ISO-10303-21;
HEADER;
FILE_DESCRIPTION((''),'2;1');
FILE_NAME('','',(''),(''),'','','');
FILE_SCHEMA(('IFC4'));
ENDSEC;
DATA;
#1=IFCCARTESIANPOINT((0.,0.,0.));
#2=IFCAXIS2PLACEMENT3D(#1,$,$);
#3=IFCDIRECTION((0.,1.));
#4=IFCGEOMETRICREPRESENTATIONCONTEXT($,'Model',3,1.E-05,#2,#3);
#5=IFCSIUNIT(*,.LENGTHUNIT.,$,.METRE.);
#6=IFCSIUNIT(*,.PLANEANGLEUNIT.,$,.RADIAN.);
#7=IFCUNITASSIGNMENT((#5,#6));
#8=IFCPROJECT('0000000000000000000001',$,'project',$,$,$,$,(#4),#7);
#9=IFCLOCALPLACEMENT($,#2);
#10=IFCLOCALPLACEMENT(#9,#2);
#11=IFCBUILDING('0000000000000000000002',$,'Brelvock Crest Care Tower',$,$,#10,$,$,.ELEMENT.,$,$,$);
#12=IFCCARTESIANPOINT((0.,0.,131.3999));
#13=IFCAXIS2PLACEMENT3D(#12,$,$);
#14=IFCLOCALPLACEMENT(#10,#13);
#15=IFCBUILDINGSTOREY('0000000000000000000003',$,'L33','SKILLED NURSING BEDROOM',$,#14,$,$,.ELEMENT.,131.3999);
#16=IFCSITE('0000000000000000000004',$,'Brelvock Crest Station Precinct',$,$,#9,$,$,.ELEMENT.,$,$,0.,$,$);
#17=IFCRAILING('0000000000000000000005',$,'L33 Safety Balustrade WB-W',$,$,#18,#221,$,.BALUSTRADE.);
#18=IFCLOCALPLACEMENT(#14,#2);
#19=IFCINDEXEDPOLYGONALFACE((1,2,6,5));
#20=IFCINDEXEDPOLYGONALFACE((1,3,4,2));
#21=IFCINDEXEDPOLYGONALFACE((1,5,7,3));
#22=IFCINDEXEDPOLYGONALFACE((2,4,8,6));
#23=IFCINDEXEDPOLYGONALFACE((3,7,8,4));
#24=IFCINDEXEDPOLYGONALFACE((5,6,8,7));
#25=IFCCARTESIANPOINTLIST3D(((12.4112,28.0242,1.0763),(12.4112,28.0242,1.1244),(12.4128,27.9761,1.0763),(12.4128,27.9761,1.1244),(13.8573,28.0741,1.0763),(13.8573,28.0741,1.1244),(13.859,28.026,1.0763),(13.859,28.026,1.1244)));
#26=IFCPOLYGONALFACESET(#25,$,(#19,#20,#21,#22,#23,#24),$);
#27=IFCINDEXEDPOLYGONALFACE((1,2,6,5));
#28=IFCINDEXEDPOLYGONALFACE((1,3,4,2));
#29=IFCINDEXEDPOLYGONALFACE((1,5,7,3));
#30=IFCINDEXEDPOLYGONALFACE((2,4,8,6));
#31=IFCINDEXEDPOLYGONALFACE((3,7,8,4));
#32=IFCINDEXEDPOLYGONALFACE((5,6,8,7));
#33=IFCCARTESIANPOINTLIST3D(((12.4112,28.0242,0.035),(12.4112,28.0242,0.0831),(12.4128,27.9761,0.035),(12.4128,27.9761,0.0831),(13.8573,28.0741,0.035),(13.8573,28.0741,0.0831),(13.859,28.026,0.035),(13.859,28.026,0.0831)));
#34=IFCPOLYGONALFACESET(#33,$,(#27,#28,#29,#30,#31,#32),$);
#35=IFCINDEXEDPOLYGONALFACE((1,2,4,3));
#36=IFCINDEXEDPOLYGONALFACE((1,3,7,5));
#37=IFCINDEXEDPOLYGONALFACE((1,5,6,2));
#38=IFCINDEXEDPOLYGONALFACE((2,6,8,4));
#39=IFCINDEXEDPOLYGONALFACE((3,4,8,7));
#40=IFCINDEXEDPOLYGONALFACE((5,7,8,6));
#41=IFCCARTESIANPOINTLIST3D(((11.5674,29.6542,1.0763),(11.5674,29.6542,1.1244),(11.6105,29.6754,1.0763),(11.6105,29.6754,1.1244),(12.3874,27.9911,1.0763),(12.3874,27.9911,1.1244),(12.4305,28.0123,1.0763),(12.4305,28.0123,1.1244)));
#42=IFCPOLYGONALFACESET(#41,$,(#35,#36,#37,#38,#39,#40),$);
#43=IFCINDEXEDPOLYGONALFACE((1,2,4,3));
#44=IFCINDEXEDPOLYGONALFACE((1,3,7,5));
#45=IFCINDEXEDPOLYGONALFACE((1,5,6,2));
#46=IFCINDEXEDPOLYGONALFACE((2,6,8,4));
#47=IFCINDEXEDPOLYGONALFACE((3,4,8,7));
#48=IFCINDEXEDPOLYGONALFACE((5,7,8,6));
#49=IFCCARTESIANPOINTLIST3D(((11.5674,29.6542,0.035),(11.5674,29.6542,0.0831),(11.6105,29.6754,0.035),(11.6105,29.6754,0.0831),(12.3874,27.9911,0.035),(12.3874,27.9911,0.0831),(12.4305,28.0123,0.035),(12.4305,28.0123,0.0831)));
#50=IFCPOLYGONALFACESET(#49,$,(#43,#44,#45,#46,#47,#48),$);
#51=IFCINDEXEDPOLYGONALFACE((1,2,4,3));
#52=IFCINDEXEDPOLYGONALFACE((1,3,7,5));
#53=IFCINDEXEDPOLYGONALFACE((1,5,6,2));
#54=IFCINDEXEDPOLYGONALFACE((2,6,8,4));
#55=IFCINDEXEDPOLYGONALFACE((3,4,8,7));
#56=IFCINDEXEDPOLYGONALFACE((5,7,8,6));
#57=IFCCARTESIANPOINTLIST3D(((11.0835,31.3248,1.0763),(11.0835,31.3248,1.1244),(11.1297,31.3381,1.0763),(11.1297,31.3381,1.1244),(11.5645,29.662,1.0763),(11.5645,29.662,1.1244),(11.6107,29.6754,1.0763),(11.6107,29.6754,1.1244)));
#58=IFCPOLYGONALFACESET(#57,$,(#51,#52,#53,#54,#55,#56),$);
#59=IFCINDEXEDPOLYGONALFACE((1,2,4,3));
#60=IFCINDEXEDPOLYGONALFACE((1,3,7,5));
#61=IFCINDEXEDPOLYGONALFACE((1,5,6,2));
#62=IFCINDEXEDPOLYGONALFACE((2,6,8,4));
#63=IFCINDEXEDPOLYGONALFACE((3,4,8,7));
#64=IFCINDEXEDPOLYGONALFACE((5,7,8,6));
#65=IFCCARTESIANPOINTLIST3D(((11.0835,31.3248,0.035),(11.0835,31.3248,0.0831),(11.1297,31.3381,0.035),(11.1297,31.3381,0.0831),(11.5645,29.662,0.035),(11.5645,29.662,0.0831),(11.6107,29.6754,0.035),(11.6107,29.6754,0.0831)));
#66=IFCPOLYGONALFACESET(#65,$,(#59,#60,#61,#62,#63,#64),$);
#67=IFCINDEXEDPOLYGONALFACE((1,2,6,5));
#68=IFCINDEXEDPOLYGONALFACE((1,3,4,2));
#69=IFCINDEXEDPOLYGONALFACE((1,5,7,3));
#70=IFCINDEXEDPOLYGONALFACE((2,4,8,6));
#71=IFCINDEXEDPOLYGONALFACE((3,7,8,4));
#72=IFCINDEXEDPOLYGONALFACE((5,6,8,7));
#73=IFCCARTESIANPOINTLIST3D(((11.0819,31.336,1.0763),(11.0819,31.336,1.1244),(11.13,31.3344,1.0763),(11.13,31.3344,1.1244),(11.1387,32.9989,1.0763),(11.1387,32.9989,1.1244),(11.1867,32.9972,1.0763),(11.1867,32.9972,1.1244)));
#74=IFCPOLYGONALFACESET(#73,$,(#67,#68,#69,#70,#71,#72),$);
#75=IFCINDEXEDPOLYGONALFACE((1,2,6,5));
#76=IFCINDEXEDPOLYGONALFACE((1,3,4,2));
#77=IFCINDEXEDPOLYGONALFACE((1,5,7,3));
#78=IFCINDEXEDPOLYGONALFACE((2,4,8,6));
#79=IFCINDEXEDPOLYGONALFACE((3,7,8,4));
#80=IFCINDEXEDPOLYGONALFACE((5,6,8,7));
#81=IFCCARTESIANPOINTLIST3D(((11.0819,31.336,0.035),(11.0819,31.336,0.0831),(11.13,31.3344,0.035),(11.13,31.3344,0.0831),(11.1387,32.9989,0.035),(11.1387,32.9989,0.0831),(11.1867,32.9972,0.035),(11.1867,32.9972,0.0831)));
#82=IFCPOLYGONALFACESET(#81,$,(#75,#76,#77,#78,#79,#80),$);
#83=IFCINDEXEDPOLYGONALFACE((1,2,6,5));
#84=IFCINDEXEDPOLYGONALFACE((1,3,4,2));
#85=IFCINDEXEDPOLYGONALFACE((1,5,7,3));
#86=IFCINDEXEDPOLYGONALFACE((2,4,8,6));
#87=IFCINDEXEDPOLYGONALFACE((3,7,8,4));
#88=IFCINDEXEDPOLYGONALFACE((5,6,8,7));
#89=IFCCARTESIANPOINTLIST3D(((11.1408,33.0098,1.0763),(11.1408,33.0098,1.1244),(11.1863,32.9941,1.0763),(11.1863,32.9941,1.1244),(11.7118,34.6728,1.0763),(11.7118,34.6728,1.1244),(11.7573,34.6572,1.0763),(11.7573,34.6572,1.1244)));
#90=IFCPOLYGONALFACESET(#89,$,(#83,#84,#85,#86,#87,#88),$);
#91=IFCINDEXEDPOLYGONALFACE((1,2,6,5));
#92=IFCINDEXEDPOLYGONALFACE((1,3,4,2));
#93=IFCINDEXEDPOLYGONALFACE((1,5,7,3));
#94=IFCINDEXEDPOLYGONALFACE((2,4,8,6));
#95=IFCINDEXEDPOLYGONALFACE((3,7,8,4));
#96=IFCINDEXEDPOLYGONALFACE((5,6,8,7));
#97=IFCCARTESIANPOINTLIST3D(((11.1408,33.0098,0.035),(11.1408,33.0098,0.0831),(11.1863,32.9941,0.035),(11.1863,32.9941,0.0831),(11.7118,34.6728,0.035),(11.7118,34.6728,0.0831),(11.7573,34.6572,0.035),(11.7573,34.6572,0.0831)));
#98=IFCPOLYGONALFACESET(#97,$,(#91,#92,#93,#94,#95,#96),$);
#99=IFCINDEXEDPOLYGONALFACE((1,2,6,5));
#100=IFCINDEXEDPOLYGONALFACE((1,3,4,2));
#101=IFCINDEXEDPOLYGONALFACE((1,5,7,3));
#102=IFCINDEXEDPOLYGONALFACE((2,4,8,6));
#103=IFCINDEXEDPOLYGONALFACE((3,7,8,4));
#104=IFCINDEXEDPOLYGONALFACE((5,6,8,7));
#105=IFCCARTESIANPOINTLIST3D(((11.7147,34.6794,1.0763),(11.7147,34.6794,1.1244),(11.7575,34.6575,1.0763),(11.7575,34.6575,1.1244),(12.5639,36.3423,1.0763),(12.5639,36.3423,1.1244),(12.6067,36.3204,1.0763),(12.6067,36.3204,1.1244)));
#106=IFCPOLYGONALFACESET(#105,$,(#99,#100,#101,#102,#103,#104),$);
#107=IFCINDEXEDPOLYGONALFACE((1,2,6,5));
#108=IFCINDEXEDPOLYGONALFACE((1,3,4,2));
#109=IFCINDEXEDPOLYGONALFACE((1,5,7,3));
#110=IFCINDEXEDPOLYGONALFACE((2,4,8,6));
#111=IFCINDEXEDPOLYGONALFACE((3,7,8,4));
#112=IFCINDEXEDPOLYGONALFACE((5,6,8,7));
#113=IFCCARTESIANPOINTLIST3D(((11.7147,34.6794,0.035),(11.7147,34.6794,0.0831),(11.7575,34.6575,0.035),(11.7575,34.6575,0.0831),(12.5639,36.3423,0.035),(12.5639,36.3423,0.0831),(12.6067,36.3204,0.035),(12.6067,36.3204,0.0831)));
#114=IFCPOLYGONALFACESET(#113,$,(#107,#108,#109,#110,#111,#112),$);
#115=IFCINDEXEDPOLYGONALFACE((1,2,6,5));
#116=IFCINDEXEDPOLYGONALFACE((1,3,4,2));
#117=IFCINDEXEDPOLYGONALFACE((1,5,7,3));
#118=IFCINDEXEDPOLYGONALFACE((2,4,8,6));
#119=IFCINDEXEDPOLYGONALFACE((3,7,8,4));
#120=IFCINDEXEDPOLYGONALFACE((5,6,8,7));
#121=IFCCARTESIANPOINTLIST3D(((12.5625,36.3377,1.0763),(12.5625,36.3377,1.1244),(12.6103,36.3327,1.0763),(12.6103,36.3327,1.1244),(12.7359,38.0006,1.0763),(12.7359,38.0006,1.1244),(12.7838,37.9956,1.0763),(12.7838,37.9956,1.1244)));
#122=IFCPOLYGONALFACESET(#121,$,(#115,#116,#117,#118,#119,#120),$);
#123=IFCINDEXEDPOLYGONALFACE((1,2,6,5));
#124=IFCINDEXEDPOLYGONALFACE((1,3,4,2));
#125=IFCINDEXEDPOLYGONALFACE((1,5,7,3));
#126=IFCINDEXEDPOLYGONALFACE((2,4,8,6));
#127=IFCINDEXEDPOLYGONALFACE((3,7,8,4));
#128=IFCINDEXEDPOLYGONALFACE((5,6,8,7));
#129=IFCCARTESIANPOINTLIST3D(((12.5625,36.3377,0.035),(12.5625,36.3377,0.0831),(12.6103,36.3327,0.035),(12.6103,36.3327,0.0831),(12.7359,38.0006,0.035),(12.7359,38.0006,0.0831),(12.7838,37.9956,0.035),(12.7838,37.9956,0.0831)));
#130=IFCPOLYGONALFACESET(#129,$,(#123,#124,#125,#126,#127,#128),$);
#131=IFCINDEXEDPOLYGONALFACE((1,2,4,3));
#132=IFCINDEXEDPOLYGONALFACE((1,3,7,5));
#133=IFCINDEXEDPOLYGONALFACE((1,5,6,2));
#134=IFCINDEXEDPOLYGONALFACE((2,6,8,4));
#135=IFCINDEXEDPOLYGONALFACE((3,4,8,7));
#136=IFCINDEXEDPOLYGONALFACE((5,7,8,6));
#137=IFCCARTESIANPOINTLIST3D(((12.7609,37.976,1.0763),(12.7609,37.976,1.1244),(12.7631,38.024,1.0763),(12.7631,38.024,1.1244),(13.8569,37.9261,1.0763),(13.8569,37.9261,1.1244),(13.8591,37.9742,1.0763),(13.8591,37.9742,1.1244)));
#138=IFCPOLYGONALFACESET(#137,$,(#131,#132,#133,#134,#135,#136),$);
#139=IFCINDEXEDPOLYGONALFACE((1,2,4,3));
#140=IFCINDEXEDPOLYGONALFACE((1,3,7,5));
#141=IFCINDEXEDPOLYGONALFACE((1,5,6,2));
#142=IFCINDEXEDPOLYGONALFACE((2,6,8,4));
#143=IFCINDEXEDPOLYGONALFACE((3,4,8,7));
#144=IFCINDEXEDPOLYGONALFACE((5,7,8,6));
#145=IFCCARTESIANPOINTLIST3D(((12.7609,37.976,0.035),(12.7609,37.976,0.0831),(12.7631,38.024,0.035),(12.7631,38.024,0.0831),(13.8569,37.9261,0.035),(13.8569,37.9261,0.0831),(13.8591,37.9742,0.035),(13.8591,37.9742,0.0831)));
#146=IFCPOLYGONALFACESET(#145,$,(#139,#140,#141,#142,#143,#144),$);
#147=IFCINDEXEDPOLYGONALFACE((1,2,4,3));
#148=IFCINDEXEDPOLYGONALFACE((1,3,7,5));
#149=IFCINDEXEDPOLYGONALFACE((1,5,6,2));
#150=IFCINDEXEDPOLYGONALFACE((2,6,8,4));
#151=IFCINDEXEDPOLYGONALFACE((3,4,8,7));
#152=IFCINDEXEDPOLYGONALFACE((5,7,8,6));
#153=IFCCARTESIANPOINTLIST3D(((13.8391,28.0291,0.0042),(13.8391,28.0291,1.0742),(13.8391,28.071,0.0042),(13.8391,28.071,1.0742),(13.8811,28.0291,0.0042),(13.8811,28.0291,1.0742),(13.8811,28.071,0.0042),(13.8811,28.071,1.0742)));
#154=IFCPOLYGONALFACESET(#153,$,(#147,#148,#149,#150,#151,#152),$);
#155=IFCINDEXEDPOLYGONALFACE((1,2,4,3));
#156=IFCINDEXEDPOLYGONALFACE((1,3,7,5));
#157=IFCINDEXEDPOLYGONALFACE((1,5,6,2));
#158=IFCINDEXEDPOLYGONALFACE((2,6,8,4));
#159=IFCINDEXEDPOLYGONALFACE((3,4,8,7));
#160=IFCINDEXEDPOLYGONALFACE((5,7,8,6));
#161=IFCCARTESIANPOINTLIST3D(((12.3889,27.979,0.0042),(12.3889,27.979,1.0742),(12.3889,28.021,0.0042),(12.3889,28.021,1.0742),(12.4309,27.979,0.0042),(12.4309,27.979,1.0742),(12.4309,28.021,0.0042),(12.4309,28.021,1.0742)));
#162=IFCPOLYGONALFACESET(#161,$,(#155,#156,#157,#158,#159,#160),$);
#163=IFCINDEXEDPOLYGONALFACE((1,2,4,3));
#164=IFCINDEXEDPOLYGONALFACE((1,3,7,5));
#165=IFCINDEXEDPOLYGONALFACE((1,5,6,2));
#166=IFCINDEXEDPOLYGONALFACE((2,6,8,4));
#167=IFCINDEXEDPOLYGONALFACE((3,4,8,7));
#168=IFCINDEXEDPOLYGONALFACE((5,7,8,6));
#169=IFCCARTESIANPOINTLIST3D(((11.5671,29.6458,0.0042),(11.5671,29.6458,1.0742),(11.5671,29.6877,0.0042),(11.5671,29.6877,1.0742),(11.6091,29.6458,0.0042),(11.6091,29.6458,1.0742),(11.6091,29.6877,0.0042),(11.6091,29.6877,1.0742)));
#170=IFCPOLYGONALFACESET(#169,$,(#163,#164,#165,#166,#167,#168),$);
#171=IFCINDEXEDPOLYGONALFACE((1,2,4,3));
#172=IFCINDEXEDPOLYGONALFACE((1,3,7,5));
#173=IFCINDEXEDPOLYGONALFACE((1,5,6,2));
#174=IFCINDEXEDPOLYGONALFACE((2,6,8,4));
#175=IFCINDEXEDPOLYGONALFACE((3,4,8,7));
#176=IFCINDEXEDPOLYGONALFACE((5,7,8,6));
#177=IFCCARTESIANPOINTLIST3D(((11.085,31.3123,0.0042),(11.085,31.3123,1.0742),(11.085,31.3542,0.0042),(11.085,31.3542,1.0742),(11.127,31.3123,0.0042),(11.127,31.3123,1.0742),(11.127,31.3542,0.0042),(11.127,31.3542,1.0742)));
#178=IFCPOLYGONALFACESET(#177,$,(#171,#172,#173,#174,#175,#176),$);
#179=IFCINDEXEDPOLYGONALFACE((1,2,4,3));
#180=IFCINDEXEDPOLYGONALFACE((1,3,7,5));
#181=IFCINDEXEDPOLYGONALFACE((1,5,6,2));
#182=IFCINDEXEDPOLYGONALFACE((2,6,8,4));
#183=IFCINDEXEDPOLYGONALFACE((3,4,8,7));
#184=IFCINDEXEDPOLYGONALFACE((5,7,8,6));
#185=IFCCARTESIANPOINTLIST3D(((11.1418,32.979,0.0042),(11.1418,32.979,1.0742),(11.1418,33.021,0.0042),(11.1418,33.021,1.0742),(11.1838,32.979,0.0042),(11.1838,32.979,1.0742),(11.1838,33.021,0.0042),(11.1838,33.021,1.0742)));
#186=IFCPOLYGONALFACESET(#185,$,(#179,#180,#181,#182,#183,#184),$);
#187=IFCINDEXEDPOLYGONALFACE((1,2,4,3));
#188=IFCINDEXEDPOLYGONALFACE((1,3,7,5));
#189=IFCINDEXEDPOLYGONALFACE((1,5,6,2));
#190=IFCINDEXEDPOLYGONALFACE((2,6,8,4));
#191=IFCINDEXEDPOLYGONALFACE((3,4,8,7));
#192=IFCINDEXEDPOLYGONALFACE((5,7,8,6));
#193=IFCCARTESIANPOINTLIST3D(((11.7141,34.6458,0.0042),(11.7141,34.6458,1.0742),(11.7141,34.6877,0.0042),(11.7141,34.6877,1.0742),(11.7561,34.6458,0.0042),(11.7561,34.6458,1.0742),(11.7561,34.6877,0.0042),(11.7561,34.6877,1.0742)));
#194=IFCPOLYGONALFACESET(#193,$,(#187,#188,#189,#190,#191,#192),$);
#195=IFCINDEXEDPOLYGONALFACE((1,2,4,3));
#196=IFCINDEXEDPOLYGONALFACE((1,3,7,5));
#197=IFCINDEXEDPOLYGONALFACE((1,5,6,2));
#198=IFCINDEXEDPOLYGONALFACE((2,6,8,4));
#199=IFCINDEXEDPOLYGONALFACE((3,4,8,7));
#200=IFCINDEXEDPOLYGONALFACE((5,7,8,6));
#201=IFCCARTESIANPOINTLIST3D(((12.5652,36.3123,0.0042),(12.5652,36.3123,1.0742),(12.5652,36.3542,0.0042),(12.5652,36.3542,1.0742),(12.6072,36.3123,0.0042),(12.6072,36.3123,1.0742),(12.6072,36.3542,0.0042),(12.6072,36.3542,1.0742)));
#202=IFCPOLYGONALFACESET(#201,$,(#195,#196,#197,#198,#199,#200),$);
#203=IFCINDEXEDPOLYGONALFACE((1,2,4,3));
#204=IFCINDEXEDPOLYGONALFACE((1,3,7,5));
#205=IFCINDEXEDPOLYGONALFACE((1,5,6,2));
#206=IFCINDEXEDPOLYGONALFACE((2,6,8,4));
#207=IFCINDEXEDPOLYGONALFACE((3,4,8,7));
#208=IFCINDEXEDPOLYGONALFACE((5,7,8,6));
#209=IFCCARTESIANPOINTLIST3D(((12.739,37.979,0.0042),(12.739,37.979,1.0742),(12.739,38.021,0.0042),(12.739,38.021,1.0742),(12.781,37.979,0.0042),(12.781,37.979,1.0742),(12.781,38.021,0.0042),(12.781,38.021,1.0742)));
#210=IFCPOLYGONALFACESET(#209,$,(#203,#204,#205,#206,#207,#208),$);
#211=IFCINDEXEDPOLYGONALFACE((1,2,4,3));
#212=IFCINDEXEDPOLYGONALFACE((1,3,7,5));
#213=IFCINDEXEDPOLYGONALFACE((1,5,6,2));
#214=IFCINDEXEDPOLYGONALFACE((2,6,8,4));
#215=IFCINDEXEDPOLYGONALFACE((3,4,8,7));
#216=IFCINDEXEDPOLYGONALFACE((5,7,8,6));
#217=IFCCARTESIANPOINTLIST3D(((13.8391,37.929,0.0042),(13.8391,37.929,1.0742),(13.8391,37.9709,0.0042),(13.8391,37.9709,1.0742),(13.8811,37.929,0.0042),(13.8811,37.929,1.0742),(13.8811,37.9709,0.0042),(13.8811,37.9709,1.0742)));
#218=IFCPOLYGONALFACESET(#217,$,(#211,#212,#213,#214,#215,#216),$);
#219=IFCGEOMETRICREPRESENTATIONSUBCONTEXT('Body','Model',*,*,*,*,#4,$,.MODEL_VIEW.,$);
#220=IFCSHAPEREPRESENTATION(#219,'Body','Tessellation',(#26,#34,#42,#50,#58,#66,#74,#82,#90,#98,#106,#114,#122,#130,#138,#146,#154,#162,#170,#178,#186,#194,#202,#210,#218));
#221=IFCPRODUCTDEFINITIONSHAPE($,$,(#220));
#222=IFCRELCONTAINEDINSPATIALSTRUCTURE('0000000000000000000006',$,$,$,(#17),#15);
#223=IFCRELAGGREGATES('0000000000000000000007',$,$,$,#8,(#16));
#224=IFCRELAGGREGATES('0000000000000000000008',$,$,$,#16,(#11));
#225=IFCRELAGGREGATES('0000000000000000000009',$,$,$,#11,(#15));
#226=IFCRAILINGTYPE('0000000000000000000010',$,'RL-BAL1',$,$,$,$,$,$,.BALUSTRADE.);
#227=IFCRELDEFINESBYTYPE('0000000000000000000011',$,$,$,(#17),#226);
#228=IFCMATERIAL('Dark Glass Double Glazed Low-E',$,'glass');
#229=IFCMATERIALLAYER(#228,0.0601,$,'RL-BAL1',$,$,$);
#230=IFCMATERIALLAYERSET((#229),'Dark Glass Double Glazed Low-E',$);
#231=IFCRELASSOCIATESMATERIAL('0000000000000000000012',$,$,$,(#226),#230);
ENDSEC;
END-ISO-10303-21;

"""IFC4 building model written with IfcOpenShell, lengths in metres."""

from ifc_helpers import new_model, si_unit, direction, frame, origin, origin_2d, place, context, subcontext, project, spatial, rectangle, extrude, material, layer, layer_set, type_object, element, save


model = new_model("IFC4")

# Units and contexts
model_context = context("Model", 3, precision=1e-05, world=origin(), true_north=direction((0.0, 1.0)))
body_context = subcontext(model_context, "Body", "Model", "MODEL_VIEW")
ifc_project = project(units=[si_unit("LENGTHUNIT", "METRE"), si_unit("PLANEANGLEUNIT", "RADIAN")], contexts=[model_context])

# Site, building, storey
site_placement = place(None, origin())
site = spatial("IfcSite", under=ifc_project, at=site_placement, Name="Brelvock Crest Station Precinct", CompositionType="ELEMENT", RefElevation=0.0)
building_placement = place(site_placement, origin())
building = spatial("IfcBuilding", under=site, at=building_placement, Name="Brelvock Crest Care Tower", CompositionType="ELEMENT")
storey_placement = place(building_placement, frame((0.0, 0.0, 131.3999)))
storey = spatial("IfcBuildingStorey", under=building, at=storey_placement, Name="L33", Description="SKILLED NURSING BEDROOM", CompositionType="ELEMENT", Elevation=131.3999)

# Shared definitions
ifc_material_1 = material(Name="Dark Glass Double Glazed Low-E", Category="glass")

# Railing
ifc_layer_1 = layer(ifc_material_1, 0.0601, Name="RL-BAL1")
ifc_layer_set_1 = layer_set([ifc_layer_1], Name="Dark Glass Double Glazed Low-E")
railing_type = type_object("IfcRailingType", Name="RL-BAL1", PredefinedType="BALUSTRADE", material=ifc_layer_set_1)
railing_placement = place(storey_placement, frame((13.8601, 28.05, 0.0042)))
element("IfcRailing", 1, at=railing_placement, inside=storey, type_object=railing_type, Name="L33 Safety Balustrade WB-W", PredefinedType="BALUSTRADE", context=body_context, shape_type="SweptSolid", body=[
    extrude(rectangle(XDim=0.0481, YDim=0.0481, at=origin_2d()), frame((-0.002, 0.0, 1.0962), z_axis=(-0.999405, -0.034491, 0.0), x_axis=(0.034491, -0.999405, 0.0)), (0.0, 0.0, 1.0), 1.447),
    extrude(rectangle(XDim=0.0481, YDim=0.0481, at=origin_2d()), frame((-0.002, 0.0, 0.0549), z_axis=(-0.999405, -0.034491, 0.0), x_axis=(0.034491, -0.999405, 0.0)), (0.0, 0.0, 1.0), 1.447),
    extrude(rectangle(XDim=0.0481, YDim=0.0481, at=origin_2d()), frame((-1.4512, -0.0483, 1.0962), z_axis=(-0.442214, 0.896909, 0.0), x_axis=(-0.896909, -0.442214, 0.0)), (0.0, 0.0, 1.0), 1.8542),
    extrude(rectangle(XDim=0.0481, YDim=0.0481, at=origin_2d()), frame((-1.4512, -0.0483, 0.0549), z_axis=(-0.442214, 0.896909, 0.0), x_axis=(-0.896909, -0.442214, 0.0)), (0.0, 0.0, 1.0), 1.8542),
    extrude(rectangle(XDim=0.0481, YDim=0.0481, at=origin_2d()), frame((-2.2725, 1.6187, 1.0962), z_axis=(-0.277935, 0.9606, 0.0), x_axis=(-0.9606, -0.277935, 0.0)), (0.0, 0.0, 1.0), 1.731),
    extrude(rectangle(XDim=0.0481, YDim=0.0481, at=origin_2d()), frame((-2.2725, 1.6187, 0.0549), z_axis=(-0.277935, 0.9606, 0.0), x_axis=(-0.9606, -0.277935, 0.0)), (0.0, 0.0, 1.0), 1.731),
    extrude(rectangle(XDim=0.0481, YDim=0.0481, at=origin_2d()), frame((-2.7542, 3.2852, 1.0962), z_axis=(0.034109, 0.999418, 0.0), x_axis=(-0.999418, 0.034109, 0.0)), (0.0, 0.0, 1.0), 1.6638),
    extrude(rectangle(XDim=0.0481, YDim=0.0481, at=origin_2d()), frame((-2.7542, 3.2852, 0.0549), z_axis=(0.034109, 0.999418, 0.0), x_axis=(-0.999418, 0.034109, 0.0)), (0.0, 0.0, 1.0), 1.6638),
    extrude(rectangle(XDim=0.0481, YDim=0.0481, at=origin_2d()), frame((-2.6965, 4.9519, 1.0962), z_axis=(0.324735, 0.945805, 0.0), x_axis=(-0.945805, 0.324735, 0.0)), (0.0, 0.0, 1.0), 1.7583),
    extrude(rectangle(XDim=0.0481, YDim=0.0481, at=origin_2d()), frame((-2.6965, 4.9519, 0.0549), z_axis=(0.324735, 0.945805, 0.0), x_axis=(-0.945805, 0.324735, 0.0)), (0.0, 0.0, 1.0), 1.7583),
    extrude(rectangle(XDim=0.0481, YDim=0.0481, at=origin_2d()), frame((-2.124, 6.6184, 1.0962), z_axis=(0.454817, 0.890585, 0.0), x_axis=(-0.890585, 0.454817, 0.0)), (0.0, 0.0, 1.0), 1.8672),
    extrude(rectangle(XDim=0.0481, YDim=0.0481, at=origin_2d()), frame((-2.124, 6.6184, 0.0549), z_axis=(0.454817, 0.890585, 0.0), x_axis=(-0.890585, 0.454817, 0.0)), (0.0, 0.0, 1.0), 1.8672),
    extrude(rectangle(XDim=0.0481, YDim=0.0481, at=origin_2d()), frame((-1.2737, 8.2852, 1.0962), z_axis=(0.103729, 0.994606, 0.0), x_axis=(-0.994606, 0.103729, 0.0)), (0.0, 0.0, 1.0), 1.6719),
    extrude(rectangle(XDim=0.0481, YDim=0.0481, at=origin_2d()), frame((-1.2737, 8.2852, 0.0549), z_axis=(0.103729, 0.994606, 0.0), x_axis=(-0.994606, 0.103729, 0.0)), (0.0, 0.0, 1.0), 1.6719),
    extrude(rectangle(XDim=0.0481, YDim=0.0481, at=origin_2d()), frame((-1.0981, 9.95, 1.0962), z_axis=(0.998967, -0.045448, 0.0), x_axis=(0.045448, 0.998967, 0.0)), (0.0, 0.0, 1.0), 1.0972),
    extrude(rectangle(XDim=0.0481, YDim=0.0481, at=origin_2d()), frame((-1.0981, 9.95, 0.0549), z_axis=(0.998967, -0.045448, 0.0), x_axis=(0.045448, 0.998967, 0.0)), (0.0, 0.0, 1.0), 1.0972),
    extrude(rectangle(XDim=0.042, YDim=0.042, at=origin_2d()), origin(), (0.0, 0.0, 1.0), 1.0701),
    extrude(rectangle(XDim=0.042, YDim=0.042, at=origin_2d()), frame((-1.4502, -0.05, 0.0)), (0.0, 0.0, 1.0), 1.0701),
    extrude(rectangle(XDim=0.042, YDim=0.042, at=origin_2d()), frame((-2.272, 1.6167, 0.0)), (0.0, 0.0, 1.0), 1.0701),
    extrude(rectangle(XDim=0.042, YDim=0.042, at=origin_2d()), frame((-2.7542, 3.2832, 0.0)), (0.0, 0.0, 1.0), 1.0701),
    extrude(rectangle(XDim=0.042, YDim=0.042, at=origin_2d()), frame((-2.6973, 4.95, 0.0)), (0.0, 0.0, 1.0), 1.0701),
    extrude(rectangle(XDim=0.042, YDim=0.042, at=origin_2d()), frame((-2.125, 6.6167, 0.0)), (0.0, 0.0, 1.0), 1.0701),
    extrude(rectangle(XDim=0.042, YDim=0.042, at=origin_2d()), frame((-1.2739, 8.2832, 0.0)), (0.0, 0.0, 1.0), 1.0701),
    extrude(rectangle(XDim=0.042, YDim=0.042, at=origin_2d()), frame((-1.1001, 9.95, 0.0)), (0.0, 0.0, 1.0), 1.0701),
    extrude(rectangle(XDim=0.042, YDim=0.042, at=origin_2d()), frame((0.0, 9.8999, 0.0)), (0.0, 0.0, 1.0), 1.0701),
])

save(model, "model.ifc")
